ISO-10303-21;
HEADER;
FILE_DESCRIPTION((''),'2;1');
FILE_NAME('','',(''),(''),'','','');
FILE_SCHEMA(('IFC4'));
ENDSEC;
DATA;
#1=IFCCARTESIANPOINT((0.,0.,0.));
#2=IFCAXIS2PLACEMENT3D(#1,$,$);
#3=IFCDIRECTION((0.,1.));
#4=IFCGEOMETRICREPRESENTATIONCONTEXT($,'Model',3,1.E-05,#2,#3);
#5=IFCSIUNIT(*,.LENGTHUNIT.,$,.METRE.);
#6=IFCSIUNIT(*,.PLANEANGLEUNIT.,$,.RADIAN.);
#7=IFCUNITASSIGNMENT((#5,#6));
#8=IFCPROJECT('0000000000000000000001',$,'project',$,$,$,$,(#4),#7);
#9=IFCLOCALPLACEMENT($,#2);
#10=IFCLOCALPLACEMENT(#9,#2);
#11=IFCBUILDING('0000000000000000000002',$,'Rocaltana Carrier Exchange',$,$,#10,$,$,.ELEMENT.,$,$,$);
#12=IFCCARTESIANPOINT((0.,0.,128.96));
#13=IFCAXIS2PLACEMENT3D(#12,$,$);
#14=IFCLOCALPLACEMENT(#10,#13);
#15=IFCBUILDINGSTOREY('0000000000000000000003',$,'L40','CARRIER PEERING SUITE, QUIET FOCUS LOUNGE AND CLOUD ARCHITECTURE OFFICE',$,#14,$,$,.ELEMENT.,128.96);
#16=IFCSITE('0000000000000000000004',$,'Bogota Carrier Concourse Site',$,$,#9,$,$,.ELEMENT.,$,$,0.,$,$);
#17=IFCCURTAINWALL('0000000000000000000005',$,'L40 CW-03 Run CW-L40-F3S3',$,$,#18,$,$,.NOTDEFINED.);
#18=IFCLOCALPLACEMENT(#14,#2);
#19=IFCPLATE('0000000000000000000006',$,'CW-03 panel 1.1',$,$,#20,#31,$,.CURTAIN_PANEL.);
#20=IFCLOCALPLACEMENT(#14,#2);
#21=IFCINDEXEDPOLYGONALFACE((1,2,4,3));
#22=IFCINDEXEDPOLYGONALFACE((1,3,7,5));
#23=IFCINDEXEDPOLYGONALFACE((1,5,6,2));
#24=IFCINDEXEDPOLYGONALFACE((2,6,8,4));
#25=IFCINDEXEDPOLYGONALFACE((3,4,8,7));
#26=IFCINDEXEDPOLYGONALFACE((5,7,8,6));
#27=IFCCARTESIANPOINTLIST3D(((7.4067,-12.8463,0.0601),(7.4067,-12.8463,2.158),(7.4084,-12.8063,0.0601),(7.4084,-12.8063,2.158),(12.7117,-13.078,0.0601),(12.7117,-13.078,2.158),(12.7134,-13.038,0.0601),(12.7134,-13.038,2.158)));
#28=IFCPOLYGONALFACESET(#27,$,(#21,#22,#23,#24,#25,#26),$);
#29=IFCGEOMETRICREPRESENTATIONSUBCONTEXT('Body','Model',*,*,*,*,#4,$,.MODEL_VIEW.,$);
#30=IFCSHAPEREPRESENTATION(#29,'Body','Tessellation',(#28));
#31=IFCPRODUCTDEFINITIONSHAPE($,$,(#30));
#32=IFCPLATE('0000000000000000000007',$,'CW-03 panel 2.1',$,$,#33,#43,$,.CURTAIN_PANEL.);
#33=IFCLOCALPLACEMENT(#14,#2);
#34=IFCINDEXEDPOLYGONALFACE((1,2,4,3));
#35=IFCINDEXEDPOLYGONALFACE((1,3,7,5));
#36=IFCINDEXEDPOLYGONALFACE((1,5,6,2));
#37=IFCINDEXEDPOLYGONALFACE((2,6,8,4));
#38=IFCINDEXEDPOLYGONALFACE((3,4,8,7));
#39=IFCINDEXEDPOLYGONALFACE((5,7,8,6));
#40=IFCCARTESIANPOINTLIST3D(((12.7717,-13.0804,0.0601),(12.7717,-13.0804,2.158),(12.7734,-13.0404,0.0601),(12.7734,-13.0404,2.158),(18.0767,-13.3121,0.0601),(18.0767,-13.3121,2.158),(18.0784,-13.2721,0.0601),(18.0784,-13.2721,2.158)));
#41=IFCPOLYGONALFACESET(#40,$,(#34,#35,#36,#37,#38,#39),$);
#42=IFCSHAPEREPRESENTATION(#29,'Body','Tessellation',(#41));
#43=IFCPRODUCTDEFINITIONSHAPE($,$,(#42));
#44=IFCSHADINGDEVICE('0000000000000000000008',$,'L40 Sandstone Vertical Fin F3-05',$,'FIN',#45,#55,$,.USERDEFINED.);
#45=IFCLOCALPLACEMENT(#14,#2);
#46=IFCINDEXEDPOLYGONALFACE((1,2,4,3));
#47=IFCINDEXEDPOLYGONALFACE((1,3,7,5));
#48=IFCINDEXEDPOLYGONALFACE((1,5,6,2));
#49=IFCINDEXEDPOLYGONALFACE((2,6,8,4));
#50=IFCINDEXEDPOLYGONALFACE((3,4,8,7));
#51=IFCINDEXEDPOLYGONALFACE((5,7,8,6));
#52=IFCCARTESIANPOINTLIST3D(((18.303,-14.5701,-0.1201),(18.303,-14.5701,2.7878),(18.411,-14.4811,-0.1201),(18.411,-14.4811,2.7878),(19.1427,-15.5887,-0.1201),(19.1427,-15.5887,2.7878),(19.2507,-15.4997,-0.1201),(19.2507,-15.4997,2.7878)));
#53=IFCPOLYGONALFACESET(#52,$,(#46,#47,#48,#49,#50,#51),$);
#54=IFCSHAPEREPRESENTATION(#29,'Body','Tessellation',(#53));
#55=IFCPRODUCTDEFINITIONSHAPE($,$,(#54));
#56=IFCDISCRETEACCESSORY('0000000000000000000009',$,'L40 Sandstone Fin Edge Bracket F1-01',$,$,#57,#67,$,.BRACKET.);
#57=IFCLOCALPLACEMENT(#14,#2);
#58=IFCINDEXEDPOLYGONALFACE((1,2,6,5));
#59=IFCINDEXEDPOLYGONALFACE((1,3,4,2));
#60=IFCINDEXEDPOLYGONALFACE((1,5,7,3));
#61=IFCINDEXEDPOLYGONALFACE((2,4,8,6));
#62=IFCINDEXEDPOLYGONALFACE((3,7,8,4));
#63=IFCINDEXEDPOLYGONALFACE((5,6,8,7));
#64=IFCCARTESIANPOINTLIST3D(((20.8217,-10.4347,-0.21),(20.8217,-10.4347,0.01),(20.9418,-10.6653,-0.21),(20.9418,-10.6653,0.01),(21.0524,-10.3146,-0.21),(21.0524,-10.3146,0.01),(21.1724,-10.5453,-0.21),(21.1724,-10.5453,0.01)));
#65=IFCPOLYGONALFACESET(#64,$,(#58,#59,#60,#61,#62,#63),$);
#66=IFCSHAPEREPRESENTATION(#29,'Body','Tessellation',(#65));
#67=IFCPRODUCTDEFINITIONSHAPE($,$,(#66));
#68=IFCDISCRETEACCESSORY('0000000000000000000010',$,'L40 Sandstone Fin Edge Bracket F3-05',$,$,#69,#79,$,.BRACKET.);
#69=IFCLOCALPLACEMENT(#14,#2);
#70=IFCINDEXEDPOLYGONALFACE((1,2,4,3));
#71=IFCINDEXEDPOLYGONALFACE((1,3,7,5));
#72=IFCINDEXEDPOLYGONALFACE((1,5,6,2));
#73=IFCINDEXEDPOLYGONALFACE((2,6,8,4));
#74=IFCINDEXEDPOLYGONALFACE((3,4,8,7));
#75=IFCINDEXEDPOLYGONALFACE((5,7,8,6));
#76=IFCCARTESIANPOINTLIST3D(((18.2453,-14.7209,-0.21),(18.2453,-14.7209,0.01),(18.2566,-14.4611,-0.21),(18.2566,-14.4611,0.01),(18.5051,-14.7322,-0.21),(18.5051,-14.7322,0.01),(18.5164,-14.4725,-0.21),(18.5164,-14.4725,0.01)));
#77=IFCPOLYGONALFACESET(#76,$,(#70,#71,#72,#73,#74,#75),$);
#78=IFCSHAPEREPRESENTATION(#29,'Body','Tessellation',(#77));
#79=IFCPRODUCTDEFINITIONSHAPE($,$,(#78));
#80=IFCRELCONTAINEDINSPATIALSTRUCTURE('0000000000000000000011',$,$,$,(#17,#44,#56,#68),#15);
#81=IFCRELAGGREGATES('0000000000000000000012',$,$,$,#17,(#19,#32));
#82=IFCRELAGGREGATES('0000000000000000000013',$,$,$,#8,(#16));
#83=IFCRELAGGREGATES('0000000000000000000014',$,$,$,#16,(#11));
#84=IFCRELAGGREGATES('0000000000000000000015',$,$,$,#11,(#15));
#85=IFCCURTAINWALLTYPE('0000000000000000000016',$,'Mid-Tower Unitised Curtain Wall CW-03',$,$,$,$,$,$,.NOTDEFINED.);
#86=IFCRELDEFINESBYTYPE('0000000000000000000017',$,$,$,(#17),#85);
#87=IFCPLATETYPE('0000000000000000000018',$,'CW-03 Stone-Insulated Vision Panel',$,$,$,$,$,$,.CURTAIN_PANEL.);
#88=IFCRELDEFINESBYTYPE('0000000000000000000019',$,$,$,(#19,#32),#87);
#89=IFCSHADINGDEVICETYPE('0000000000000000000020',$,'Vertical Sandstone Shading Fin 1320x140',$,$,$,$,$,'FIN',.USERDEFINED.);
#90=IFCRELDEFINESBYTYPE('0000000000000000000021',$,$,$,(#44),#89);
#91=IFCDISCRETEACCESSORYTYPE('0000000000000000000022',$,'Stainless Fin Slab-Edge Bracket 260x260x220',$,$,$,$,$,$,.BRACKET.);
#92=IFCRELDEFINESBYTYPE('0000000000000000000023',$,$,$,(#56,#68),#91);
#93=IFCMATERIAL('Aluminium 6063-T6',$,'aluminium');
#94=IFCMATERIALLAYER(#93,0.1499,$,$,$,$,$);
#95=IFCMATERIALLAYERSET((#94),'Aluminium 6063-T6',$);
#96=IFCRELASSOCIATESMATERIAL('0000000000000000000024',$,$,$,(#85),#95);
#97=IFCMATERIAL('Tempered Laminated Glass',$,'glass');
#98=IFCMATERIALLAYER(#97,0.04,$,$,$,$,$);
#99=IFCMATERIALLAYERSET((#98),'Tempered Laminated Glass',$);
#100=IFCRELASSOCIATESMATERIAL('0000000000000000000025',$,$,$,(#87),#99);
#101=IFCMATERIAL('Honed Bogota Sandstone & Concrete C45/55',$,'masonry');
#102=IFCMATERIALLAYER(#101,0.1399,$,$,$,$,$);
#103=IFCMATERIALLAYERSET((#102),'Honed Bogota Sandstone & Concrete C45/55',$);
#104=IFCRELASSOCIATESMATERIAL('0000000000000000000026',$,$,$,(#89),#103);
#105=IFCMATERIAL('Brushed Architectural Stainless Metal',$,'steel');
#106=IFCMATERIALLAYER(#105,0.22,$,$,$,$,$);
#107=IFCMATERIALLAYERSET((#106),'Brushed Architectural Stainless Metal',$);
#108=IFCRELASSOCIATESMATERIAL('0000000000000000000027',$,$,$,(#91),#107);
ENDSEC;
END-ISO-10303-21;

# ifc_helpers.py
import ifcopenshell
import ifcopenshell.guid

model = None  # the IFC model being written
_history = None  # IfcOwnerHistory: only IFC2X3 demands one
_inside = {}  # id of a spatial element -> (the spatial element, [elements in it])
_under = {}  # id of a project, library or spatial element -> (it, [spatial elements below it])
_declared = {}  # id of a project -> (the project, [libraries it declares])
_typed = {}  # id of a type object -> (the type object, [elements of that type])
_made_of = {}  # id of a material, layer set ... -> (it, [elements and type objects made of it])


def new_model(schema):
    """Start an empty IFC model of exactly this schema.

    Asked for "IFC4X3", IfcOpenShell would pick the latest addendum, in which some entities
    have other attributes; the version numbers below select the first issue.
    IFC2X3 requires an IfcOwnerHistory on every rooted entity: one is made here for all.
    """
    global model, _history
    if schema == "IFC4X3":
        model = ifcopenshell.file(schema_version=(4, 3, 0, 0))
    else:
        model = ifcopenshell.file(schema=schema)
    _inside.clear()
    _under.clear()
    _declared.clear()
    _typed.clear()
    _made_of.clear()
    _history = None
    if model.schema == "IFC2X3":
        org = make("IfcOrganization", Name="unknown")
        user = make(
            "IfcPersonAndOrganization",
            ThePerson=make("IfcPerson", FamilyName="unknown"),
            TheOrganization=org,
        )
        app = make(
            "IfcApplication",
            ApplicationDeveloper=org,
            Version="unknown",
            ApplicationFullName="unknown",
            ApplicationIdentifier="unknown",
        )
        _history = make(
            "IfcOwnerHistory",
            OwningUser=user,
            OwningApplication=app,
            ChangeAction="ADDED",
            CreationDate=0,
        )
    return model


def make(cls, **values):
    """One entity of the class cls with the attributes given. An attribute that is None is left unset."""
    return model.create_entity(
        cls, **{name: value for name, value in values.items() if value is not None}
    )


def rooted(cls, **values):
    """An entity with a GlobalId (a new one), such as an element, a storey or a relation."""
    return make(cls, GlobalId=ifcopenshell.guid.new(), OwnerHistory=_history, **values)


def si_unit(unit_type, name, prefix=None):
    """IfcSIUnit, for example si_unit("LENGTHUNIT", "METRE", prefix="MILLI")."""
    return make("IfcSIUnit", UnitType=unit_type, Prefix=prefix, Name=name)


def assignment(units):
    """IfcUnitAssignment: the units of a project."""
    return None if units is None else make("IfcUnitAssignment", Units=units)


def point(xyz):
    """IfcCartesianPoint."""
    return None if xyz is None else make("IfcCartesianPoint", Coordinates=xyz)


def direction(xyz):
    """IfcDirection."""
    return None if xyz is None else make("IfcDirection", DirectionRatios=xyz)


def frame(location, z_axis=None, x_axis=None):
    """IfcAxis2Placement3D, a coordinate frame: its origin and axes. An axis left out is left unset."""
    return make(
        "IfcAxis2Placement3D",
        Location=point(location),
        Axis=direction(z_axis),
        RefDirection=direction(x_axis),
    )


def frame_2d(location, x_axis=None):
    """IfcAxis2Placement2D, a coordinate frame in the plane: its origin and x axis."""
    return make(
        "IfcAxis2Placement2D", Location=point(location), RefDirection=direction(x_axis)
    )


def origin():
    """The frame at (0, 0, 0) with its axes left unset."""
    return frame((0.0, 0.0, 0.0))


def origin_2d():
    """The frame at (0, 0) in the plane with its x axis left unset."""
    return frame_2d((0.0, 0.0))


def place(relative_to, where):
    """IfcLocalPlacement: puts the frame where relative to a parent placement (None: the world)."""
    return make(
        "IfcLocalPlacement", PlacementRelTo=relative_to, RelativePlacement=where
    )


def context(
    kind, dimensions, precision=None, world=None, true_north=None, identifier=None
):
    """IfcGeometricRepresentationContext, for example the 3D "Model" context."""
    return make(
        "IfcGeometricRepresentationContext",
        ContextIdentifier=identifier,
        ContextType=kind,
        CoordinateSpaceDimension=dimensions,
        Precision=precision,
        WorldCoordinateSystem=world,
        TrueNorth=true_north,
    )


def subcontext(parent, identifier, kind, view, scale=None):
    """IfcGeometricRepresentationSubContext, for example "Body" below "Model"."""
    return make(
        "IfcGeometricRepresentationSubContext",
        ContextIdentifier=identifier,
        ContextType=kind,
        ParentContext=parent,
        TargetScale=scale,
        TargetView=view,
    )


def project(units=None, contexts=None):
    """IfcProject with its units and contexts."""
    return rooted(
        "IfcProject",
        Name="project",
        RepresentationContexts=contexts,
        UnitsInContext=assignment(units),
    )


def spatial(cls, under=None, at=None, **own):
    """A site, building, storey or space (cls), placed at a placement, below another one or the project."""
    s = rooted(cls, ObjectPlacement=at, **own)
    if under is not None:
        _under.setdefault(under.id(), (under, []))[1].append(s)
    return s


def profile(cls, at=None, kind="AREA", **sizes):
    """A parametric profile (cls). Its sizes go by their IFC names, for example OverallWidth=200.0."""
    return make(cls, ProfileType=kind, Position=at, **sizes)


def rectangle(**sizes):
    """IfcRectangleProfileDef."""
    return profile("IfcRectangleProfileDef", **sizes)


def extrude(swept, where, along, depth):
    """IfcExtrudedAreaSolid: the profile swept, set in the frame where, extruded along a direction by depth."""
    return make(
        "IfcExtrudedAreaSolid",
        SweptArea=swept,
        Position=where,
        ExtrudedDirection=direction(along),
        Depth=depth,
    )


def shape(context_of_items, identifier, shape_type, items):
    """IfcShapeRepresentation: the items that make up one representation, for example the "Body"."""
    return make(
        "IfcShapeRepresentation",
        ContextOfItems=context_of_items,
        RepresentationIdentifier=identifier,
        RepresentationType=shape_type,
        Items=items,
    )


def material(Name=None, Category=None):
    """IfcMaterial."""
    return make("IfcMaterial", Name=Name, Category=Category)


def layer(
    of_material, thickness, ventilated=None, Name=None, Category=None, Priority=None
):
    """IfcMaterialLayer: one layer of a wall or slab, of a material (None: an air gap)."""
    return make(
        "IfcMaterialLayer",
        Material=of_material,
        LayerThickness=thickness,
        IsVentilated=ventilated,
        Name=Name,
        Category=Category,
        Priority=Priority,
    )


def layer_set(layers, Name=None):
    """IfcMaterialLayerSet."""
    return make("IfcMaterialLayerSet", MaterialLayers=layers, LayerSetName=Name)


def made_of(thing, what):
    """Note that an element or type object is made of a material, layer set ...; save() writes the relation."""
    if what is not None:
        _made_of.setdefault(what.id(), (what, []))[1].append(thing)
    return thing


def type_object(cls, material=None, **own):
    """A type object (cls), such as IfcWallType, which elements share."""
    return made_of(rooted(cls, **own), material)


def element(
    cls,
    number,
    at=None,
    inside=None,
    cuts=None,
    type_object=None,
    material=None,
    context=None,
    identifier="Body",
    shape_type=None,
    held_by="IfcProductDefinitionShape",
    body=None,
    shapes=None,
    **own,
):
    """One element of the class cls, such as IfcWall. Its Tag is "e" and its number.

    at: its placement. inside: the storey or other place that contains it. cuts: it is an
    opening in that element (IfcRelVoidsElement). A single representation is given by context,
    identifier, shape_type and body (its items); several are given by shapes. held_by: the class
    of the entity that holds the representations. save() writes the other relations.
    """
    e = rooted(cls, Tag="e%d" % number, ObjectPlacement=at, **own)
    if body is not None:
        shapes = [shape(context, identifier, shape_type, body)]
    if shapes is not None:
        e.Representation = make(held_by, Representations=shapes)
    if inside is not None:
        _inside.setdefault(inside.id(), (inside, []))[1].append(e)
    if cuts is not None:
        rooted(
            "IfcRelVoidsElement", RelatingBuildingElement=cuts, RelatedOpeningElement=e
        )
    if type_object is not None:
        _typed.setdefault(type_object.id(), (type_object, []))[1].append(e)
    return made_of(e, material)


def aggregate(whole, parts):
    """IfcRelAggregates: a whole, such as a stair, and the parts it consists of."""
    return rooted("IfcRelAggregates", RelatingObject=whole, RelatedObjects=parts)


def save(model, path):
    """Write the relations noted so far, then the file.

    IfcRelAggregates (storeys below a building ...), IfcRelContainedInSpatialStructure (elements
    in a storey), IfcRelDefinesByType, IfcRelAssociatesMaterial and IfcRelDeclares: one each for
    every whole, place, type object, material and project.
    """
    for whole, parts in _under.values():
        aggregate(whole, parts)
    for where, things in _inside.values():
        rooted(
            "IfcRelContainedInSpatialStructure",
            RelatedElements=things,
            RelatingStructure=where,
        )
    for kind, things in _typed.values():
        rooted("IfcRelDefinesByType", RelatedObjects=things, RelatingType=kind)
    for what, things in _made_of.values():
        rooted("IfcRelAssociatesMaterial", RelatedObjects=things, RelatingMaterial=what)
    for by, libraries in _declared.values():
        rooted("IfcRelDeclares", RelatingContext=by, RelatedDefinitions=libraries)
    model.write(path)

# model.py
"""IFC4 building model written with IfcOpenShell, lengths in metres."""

from ifc_helpers import new_model, si_unit, direction, frame, origin, origin_2d, place, context, subcontext, project, spatial, rectangle, extrude, material, layer, layer_set, type_object, element, aggregate, save


model = new_model("IFC4")

# Units and contexts
model_context = context("Model", 3, precision=1e-05, world=origin(), true_north=direction((0.0, 1.0)))
body_context = subcontext(model_context, "Body", "Model", "MODEL_VIEW")
ifc_project = project(units=[si_unit("LENGTHUNIT", "METRE"), si_unit("PLANEANGLEUNIT", "RADIAN")], contexts=[model_context])

# Site, building, storey
site_placement = place(None, origin())
site = spatial("IfcSite", under=ifc_project, at=site_placement, Name="Bogota Carrier Concourse Site", CompositionType="ELEMENT", RefElevation=0.0)
building_placement = place(site_placement, origin())
building = spatial("IfcBuilding", under=site, at=building_placement, Name="Rocaltana Carrier Exchange", CompositionType="ELEMENT")
storey_placement = place(building_placement, frame((0.0, 0.0, 128.96)))
storey = spatial("IfcBuildingStorey", under=building, at=storey_placement, Name="L40", Description="CARRIER PEERING SUITE, QUIET FOCUS LOUNGE AND CLOUD ARCHITECTURE OFFICE", CompositionType="ELEMENT", Elevation=128.96)

# Shared definitions
ifc_material_1 = material(Name="Aluminium 6063-T6", Category="aluminium")
ifc_layer_1 = layer(ifc_material_1, 0.1499)
ifc_layer_set_1 = layer_set([ifc_layer_1], Name="Aluminium 6063-T6")
curtain_wall_type = type_object("IfcCurtainWallType", Name="Mid-Tower Unitised Curtain Wall CW-03", PredefinedType="NOTDEFINED", material=ifc_layer_set_1)

# Curtain wall
curtain_wall_1_placement = place(storey_placement, origin())
curtain_wall_1 = element("IfcCurtainWall", 1, at=curtain_wall_1_placement, inside=storey, type_object=curtain_wall_type, Name="L40 CW-03 Run CW-L40-F3S3", PredefinedType="NOTDEFINED")

# Plates
ifc_material_2 = material(Name="Tempered Laminated Glass", Category="glass")
ifc_layer_2 = layer(ifc_material_2, 0.04)
ifc_layer_set_2 = layer_set([ifc_layer_2], Name="Tempered Laminated Glass")
plate_type = type_object("IfcPlateType", Name="CW-03 Stone-Insulated Vision Panel", PredefinedType="CURTAIN_PANEL", material=ifc_layer_set_2)
plate_1_placement = place(storey_placement, frame((10.0601, -12.9421, 0.0601), z_axis=(0.0, 0.0, 1.0), x_axis=(0.999048, -0.043629, 0.0)))
plate_1 = element("IfcPlate", 2, at=plate_1_placement, type_object=plate_type, Name="CW-03 panel 1.1", PredefinedType="CURTAIN_PANEL", context=body_context, shape_type="SweptSolid", body=[
    extrude(rectangle(XDim=5.3101, YDim=0.04, at=origin_2d()), origin(), (0.0, 0.0, 1.0), 2.0979),
])
plate_2_placement = place(storey_placement, frame((15.425, -13.1763, 0.0601), z_axis=(0.0, 0.0, 1.0), x_axis=(0.999048, -0.043629, 0.0)))
plate_2 = element("IfcPlate", 3, at=plate_2_placement, type_object=plate_type, Name="CW-03 panel 2.1", PredefinedType="CURTAIN_PANEL", context=body_context, shape_type="SweptSolid", body=[
    extrude(rectangle(XDim=5.3101, YDim=0.04, at=origin_2d()), origin(), (0.0, 0.0, 1.0), 2.0979),
])
aggregate(curtain_wall_1, [plate_1, plate_2])

# Shading device
ifc_material_3 = material(Name="Honed Bogota Sandstone & Concrete C45/55", Category="masonry")
ifc_layer_3 = layer(ifc_material_3, 0.1399)
ifc_layer_set_3 = layer_set([ifc_layer_3], Name="Honed Bogota Sandstone & Concrete C45/55")
shading_device_type = type_object("IfcShadingDeviceType", Name="Vertical Sandstone Shading Fin 1320x140", ElementType="FIN", PredefinedType="USERDEFINED", material=ifc_layer_set_3)
shading_device_placement = place(storey_placement, frame((18.7769, -15.0349, -0.1201), z_axis=(0.0, 0.0, 1.0), x_axis=(0.636078, -0.771625, 0.0)))
element("IfcShadingDevice", 4, at=shading_device_placement, inside=storey, type_object=shading_device_type, Name="L40 Sandstone Vertical Fin F3-05", ObjectType="FIN", PredefinedType="USERDEFINED", context=body_context, shape_type="SweptSolid", body=[
    extrude(rectangle(XDim=1.3201, YDim=0.1399, at=origin_2d()), origin(), (0.0, 0.0, 1.0), 2.908),
])

# Discrete accessories
ifc_material_4 = material(Name="Brushed Architectural Stainless Metal", Category="steel")
ifc_layer_4 = layer(ifc_material_4, 0.22)
ifc_layer_set_4 = layer_set([ifc_layer_4], Name="Brushed Architectural Stainless Metal")
discrete_accessory_type = type_object("IfcDiscreteAccessoryType", Name="Stainless Fin Slab-Edge Bracket 260x260x220", PredefinedType="BRACKET", material=ifc_layer_set_4)
for number, where, z_axis, x_axis, name in (
    (5, (20.9971, -10.49, -0.21), (0.0, 0.0, 1.0), (-0.461749, 0.887011, 0.0), "L40 Sandstone Fin Edge Bracket F1-01"),
    (6, (18.3809, -14.5967, -0.21), (0.0, 0.0, 1.0), (0.999048, -0.043619, 0.0), "L40 Sandstone Fin Edge Bracket F3-05"),
):
    element("IfcDiscreteAccessory", number, at=place(storey_placement, frame(where, z_axis=z_axis, x_axis=x_axis)), inside=storey, type_object=discrete_accessory_type, Name=name, PredefinedType="BRACKET", context=body_context, shape_type="SweptSolid", body=[
        extrude(rectangle(XDim=0.26, YDim=0.26, at=origin_2d()), origin(), (0.0, 0.0, 1.0), 0.22),
    ])

save(model, "model.ifc")
